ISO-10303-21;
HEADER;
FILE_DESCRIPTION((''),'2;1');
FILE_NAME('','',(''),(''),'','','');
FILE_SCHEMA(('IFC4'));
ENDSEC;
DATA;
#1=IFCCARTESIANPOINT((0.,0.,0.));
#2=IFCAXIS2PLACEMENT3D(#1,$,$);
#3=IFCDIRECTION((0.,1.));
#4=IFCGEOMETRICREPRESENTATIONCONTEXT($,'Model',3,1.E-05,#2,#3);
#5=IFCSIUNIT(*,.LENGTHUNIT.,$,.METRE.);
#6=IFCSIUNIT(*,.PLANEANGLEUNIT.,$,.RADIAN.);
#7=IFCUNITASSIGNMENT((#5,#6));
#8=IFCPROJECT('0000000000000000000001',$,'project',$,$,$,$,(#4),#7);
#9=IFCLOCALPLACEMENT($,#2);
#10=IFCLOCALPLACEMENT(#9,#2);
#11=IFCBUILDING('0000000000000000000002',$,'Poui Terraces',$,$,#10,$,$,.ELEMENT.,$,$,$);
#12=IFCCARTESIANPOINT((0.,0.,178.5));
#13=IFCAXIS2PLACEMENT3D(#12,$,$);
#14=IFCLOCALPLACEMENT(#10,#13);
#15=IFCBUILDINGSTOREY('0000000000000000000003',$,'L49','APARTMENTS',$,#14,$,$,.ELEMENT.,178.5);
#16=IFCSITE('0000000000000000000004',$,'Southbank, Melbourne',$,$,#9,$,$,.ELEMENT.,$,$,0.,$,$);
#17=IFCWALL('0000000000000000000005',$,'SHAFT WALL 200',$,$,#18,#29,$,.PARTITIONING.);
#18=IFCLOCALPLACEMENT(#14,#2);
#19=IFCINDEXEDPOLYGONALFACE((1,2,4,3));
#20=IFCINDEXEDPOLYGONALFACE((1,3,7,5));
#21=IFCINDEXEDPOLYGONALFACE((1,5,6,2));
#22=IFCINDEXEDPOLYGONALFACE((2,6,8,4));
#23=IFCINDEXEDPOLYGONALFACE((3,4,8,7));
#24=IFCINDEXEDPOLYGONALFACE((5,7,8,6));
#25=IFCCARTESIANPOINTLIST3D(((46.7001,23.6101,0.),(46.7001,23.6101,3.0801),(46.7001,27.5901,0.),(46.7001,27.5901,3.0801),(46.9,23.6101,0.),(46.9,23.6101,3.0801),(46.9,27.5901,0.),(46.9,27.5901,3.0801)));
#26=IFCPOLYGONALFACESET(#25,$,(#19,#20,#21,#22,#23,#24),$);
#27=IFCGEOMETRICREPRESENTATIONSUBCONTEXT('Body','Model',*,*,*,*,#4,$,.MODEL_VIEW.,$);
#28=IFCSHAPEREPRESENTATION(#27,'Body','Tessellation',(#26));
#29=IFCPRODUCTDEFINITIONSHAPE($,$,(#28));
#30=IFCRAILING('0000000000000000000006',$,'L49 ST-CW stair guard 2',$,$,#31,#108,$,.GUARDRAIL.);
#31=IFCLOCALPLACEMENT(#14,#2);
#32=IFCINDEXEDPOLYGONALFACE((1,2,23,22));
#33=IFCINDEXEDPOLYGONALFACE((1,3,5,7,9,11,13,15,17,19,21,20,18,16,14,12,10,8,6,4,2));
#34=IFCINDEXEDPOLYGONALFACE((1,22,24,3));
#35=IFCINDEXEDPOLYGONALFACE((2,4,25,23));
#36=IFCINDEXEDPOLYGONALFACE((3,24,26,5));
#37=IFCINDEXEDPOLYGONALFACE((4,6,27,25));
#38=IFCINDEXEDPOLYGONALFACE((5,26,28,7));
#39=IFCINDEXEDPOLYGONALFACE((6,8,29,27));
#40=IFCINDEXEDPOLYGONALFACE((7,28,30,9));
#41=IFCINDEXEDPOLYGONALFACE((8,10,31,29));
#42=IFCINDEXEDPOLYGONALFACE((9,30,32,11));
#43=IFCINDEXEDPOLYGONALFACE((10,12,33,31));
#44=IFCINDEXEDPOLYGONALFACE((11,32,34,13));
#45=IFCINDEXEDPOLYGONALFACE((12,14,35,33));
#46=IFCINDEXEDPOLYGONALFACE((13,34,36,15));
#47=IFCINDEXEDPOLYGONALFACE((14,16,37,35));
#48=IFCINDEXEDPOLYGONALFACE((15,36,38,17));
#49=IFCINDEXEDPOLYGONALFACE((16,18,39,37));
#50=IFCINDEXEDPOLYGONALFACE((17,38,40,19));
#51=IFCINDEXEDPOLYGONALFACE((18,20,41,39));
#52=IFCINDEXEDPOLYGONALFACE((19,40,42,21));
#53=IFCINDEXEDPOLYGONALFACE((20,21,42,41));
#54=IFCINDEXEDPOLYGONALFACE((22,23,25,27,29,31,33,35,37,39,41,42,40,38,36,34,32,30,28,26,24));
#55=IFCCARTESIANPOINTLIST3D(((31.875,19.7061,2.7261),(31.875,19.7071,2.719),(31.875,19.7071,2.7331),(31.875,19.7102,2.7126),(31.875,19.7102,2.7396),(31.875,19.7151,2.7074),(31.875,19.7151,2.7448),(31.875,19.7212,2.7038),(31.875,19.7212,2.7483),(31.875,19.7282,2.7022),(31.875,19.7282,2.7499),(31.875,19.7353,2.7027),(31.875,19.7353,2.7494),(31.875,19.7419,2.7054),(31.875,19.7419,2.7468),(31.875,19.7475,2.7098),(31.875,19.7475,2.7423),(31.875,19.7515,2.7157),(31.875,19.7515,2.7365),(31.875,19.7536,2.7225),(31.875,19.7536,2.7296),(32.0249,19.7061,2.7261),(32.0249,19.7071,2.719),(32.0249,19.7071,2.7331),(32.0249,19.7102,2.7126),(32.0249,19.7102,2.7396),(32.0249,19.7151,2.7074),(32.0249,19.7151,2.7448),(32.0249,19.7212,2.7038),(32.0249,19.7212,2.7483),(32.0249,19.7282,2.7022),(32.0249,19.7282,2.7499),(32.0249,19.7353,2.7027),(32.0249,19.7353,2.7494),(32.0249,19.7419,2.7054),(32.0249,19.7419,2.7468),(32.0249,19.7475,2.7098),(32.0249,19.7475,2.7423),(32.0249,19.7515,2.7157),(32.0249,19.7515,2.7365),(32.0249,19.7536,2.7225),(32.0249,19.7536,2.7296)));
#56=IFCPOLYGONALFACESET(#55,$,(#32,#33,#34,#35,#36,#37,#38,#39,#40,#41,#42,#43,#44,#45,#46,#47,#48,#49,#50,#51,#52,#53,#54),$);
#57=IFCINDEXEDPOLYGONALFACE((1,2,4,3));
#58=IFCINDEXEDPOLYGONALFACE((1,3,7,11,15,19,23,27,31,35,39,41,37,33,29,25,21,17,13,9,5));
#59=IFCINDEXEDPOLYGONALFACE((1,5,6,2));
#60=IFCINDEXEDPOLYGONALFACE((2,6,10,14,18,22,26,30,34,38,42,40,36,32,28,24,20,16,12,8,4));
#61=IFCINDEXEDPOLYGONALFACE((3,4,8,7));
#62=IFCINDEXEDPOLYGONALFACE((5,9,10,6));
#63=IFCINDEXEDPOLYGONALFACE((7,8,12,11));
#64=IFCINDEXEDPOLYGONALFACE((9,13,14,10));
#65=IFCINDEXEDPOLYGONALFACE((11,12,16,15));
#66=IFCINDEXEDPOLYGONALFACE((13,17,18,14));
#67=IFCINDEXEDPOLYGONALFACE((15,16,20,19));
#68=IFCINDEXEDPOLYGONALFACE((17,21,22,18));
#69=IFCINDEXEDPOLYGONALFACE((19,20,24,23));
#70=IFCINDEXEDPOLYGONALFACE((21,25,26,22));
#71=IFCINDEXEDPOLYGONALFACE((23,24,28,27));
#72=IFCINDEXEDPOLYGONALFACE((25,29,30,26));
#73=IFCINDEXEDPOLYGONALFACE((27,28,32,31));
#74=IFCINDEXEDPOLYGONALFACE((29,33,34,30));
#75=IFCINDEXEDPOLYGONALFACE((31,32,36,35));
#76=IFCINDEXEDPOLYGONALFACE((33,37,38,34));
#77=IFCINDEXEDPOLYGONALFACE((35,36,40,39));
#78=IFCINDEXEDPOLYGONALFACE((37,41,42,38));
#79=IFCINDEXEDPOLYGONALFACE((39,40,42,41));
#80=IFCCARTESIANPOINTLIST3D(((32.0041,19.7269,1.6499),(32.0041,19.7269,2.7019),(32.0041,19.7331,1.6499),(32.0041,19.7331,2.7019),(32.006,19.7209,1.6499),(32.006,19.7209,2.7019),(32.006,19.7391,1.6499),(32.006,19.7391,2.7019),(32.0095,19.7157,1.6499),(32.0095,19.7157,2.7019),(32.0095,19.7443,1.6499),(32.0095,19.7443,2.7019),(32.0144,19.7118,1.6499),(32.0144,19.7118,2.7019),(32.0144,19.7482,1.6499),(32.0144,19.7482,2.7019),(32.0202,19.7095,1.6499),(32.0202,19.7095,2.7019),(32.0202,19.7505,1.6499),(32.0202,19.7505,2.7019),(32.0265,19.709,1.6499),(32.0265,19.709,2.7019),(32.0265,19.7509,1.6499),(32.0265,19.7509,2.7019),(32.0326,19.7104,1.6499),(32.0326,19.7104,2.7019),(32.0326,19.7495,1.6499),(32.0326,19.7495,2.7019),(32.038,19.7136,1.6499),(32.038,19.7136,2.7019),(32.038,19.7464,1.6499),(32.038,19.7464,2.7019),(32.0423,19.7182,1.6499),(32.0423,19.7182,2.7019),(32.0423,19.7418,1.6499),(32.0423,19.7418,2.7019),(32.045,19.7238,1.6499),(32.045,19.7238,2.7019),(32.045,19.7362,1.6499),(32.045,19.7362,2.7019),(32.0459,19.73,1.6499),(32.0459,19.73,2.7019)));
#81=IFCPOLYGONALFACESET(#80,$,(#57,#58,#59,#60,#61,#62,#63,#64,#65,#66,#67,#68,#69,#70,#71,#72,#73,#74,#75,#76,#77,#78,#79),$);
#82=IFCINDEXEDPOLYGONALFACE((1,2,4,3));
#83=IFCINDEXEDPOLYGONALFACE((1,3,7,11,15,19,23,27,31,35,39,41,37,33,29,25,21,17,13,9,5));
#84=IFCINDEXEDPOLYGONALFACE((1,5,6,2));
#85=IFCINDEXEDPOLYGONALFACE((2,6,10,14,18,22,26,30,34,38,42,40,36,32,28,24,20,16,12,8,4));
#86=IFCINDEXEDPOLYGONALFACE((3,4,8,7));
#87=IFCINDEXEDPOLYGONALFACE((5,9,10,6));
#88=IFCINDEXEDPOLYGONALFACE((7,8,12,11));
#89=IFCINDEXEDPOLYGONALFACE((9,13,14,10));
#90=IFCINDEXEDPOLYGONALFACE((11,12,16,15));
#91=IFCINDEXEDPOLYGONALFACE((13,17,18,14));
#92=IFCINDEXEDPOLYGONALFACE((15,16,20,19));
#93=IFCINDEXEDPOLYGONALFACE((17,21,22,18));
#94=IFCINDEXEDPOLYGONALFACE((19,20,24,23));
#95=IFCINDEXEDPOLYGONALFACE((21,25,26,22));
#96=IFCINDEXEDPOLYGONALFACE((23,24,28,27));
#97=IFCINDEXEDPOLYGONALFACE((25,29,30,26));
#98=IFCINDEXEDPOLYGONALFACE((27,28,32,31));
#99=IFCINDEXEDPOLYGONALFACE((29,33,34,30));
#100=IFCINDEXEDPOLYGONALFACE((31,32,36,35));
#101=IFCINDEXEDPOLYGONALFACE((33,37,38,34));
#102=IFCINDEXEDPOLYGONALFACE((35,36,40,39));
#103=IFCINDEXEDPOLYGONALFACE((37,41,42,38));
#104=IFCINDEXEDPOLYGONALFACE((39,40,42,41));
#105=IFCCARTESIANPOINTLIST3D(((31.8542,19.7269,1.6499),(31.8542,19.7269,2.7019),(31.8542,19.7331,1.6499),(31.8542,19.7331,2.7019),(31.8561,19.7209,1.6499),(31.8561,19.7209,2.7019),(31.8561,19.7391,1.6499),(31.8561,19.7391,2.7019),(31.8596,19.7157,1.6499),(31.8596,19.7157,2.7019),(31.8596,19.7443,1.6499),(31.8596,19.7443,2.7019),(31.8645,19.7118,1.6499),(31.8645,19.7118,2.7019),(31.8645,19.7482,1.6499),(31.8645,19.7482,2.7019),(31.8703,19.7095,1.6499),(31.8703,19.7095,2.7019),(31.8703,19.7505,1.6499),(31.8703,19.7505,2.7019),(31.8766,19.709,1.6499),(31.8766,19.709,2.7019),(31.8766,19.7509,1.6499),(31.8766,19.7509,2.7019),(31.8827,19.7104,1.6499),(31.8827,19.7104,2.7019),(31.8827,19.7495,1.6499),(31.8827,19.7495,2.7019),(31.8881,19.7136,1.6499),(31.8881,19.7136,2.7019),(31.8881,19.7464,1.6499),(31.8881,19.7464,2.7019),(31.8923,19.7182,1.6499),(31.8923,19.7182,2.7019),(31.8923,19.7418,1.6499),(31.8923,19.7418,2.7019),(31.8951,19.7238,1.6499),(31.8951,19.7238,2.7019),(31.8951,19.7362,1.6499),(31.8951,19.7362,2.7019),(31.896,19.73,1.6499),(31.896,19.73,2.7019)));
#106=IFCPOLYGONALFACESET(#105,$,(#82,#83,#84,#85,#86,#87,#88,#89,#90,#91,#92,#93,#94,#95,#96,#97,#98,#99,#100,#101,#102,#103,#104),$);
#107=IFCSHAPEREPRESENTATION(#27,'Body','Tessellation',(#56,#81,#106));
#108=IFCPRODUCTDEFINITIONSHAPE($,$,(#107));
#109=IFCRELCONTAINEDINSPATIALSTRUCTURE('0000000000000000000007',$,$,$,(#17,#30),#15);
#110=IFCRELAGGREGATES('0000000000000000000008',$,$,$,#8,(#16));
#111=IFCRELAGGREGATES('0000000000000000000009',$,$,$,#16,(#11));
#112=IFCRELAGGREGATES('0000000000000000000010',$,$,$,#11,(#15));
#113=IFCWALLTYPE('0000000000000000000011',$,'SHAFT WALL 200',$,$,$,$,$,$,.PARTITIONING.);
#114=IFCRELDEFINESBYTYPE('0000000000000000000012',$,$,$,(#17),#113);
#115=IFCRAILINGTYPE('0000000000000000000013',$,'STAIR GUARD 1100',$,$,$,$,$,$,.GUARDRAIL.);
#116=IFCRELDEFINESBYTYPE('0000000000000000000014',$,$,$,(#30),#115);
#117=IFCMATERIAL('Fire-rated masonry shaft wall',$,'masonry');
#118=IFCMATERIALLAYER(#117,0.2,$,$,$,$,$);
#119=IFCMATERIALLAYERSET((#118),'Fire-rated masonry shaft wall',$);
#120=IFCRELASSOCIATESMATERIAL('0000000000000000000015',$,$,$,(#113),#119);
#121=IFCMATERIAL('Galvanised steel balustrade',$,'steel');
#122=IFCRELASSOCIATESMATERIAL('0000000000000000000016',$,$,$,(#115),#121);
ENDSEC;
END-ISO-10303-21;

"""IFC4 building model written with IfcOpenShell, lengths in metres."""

from ifc_helpers import new_model, si_unit, direction, frame, frame_2d, origin, origin_2d, place, context, subcontext, project, spatial, rectangle, circle, extrude, material, layer, layer_set, type_object, element, save


model = new_model("IFC4")

# Units and contexts
model_context = context("Model", 3, precision=1e-05, world=origin(), true_north=direction((0.0, 1.0)))
body_context = subcontext(model_context, "Body", "Model", "MODEL_VIEW")
ifc_project = project(units=[si_unit("LENGTHUNIT", "METRE"), si_unit("PLANEANGLEUNIT", "RADIAN")], contexts=[model_context])

# Site, building, storey
site_placement = place(None, origin())
site = spatial("IfcSite", under=ifc_project, at=site_placement, Name="Southbank, Melbourne", CompositionType="ELEMENT", RefElevation=0.0)
building_placement = place(site_placement, origin())
building = spatial("IfcBuilding", under=site, at=building_placement, Name="Poui Terraces", CompositionType="ELEMENT")
storey_placement = place(building_placement, frame((0.0, 0.0, 178.5)))
storey = spatial("IfcBuildingStorey", under=building, at=storey_placement, Name="L49", Description="APARTMENTS", CompositionType="ELEMENT", Elevation=178.5)

# Wall
ifc_material_1 = material(Name="Fire-rated masonry shaft wall", Category="masonry")
ifc_layer_1 = layer(ifc_material_1, 0.2)
ifc_layer_set_1 = layer_set([ifc_layer_1], Name="Fire-rated masonry shaft wall")
wall_type_1 = type_object("IfcWallType", Name="SHAFT WALL 200", PredefinedType="PARTITIONING", material=ifc_layer_set_1)
for number, where, z_axis, x_axis, name in (
    (1, (46.8, 23.6101, 0.0), (0.0, 0.0, 1.0), (0.0, 1.0, 0.0), "SHAFT WALL 200"),
):
    element("IfcWall", number, at=place(storey_placement, frame(where, z_axis=z_axis, x_axis=x_axis)), inside=storey, type_object=wall_type_1, Name=name, PredefinedType="PARTITIONING", context=body_context, shape_type="SweptSolid", body=[
        extrude(rectangle(XDim=3.98, YDim=0.2, at=frame_2d((1.99, 0.0))), origin(), (0.0, 0.0, 1.0), 3.0801),
    ])

# Railing
ifc_material_2 = material(Name="Galvanised steel balustrade", Category="steel")
railing_type = type_object("IfcRailingType", Name="STAIR GUARD 1100", PredefinedType="GUARDRAIL", material=ifc_material_2)
railing_1_placement = place(storey_placement, frame((32.0249, 19.73, 1.6499)))
element("IfcRailing", 2, at=railing_1_placement, inside=storey, type_object=railing_type, Name="L49 ST-CW stair guard 2", PredefinedType="GUARDRAIL", context=body_context, shape_type="SweptSolid", body=[
    extrude(circle(Radius=0.0239, at=origin_2d()), frame((0.0, 0.0, 1.0762), z_axis=(-1.0, 0.0, 0.0), x_axis=(0.0, -1.0, 0.0)), (0.0, 0.0, 1.0), 0.1499),
    extrude(circle(Radius=0.021, at=origin_2d()), origin(), (0.0, 0.0, 1.0), 1.052),
    extrude(circle(Radius=0.021, at=origin_2d()), frame((-0.1499, 0.0, 0.0)), (0.0, 0.0, 1.0), 1.052),
])

save(model, "model.ifc")
